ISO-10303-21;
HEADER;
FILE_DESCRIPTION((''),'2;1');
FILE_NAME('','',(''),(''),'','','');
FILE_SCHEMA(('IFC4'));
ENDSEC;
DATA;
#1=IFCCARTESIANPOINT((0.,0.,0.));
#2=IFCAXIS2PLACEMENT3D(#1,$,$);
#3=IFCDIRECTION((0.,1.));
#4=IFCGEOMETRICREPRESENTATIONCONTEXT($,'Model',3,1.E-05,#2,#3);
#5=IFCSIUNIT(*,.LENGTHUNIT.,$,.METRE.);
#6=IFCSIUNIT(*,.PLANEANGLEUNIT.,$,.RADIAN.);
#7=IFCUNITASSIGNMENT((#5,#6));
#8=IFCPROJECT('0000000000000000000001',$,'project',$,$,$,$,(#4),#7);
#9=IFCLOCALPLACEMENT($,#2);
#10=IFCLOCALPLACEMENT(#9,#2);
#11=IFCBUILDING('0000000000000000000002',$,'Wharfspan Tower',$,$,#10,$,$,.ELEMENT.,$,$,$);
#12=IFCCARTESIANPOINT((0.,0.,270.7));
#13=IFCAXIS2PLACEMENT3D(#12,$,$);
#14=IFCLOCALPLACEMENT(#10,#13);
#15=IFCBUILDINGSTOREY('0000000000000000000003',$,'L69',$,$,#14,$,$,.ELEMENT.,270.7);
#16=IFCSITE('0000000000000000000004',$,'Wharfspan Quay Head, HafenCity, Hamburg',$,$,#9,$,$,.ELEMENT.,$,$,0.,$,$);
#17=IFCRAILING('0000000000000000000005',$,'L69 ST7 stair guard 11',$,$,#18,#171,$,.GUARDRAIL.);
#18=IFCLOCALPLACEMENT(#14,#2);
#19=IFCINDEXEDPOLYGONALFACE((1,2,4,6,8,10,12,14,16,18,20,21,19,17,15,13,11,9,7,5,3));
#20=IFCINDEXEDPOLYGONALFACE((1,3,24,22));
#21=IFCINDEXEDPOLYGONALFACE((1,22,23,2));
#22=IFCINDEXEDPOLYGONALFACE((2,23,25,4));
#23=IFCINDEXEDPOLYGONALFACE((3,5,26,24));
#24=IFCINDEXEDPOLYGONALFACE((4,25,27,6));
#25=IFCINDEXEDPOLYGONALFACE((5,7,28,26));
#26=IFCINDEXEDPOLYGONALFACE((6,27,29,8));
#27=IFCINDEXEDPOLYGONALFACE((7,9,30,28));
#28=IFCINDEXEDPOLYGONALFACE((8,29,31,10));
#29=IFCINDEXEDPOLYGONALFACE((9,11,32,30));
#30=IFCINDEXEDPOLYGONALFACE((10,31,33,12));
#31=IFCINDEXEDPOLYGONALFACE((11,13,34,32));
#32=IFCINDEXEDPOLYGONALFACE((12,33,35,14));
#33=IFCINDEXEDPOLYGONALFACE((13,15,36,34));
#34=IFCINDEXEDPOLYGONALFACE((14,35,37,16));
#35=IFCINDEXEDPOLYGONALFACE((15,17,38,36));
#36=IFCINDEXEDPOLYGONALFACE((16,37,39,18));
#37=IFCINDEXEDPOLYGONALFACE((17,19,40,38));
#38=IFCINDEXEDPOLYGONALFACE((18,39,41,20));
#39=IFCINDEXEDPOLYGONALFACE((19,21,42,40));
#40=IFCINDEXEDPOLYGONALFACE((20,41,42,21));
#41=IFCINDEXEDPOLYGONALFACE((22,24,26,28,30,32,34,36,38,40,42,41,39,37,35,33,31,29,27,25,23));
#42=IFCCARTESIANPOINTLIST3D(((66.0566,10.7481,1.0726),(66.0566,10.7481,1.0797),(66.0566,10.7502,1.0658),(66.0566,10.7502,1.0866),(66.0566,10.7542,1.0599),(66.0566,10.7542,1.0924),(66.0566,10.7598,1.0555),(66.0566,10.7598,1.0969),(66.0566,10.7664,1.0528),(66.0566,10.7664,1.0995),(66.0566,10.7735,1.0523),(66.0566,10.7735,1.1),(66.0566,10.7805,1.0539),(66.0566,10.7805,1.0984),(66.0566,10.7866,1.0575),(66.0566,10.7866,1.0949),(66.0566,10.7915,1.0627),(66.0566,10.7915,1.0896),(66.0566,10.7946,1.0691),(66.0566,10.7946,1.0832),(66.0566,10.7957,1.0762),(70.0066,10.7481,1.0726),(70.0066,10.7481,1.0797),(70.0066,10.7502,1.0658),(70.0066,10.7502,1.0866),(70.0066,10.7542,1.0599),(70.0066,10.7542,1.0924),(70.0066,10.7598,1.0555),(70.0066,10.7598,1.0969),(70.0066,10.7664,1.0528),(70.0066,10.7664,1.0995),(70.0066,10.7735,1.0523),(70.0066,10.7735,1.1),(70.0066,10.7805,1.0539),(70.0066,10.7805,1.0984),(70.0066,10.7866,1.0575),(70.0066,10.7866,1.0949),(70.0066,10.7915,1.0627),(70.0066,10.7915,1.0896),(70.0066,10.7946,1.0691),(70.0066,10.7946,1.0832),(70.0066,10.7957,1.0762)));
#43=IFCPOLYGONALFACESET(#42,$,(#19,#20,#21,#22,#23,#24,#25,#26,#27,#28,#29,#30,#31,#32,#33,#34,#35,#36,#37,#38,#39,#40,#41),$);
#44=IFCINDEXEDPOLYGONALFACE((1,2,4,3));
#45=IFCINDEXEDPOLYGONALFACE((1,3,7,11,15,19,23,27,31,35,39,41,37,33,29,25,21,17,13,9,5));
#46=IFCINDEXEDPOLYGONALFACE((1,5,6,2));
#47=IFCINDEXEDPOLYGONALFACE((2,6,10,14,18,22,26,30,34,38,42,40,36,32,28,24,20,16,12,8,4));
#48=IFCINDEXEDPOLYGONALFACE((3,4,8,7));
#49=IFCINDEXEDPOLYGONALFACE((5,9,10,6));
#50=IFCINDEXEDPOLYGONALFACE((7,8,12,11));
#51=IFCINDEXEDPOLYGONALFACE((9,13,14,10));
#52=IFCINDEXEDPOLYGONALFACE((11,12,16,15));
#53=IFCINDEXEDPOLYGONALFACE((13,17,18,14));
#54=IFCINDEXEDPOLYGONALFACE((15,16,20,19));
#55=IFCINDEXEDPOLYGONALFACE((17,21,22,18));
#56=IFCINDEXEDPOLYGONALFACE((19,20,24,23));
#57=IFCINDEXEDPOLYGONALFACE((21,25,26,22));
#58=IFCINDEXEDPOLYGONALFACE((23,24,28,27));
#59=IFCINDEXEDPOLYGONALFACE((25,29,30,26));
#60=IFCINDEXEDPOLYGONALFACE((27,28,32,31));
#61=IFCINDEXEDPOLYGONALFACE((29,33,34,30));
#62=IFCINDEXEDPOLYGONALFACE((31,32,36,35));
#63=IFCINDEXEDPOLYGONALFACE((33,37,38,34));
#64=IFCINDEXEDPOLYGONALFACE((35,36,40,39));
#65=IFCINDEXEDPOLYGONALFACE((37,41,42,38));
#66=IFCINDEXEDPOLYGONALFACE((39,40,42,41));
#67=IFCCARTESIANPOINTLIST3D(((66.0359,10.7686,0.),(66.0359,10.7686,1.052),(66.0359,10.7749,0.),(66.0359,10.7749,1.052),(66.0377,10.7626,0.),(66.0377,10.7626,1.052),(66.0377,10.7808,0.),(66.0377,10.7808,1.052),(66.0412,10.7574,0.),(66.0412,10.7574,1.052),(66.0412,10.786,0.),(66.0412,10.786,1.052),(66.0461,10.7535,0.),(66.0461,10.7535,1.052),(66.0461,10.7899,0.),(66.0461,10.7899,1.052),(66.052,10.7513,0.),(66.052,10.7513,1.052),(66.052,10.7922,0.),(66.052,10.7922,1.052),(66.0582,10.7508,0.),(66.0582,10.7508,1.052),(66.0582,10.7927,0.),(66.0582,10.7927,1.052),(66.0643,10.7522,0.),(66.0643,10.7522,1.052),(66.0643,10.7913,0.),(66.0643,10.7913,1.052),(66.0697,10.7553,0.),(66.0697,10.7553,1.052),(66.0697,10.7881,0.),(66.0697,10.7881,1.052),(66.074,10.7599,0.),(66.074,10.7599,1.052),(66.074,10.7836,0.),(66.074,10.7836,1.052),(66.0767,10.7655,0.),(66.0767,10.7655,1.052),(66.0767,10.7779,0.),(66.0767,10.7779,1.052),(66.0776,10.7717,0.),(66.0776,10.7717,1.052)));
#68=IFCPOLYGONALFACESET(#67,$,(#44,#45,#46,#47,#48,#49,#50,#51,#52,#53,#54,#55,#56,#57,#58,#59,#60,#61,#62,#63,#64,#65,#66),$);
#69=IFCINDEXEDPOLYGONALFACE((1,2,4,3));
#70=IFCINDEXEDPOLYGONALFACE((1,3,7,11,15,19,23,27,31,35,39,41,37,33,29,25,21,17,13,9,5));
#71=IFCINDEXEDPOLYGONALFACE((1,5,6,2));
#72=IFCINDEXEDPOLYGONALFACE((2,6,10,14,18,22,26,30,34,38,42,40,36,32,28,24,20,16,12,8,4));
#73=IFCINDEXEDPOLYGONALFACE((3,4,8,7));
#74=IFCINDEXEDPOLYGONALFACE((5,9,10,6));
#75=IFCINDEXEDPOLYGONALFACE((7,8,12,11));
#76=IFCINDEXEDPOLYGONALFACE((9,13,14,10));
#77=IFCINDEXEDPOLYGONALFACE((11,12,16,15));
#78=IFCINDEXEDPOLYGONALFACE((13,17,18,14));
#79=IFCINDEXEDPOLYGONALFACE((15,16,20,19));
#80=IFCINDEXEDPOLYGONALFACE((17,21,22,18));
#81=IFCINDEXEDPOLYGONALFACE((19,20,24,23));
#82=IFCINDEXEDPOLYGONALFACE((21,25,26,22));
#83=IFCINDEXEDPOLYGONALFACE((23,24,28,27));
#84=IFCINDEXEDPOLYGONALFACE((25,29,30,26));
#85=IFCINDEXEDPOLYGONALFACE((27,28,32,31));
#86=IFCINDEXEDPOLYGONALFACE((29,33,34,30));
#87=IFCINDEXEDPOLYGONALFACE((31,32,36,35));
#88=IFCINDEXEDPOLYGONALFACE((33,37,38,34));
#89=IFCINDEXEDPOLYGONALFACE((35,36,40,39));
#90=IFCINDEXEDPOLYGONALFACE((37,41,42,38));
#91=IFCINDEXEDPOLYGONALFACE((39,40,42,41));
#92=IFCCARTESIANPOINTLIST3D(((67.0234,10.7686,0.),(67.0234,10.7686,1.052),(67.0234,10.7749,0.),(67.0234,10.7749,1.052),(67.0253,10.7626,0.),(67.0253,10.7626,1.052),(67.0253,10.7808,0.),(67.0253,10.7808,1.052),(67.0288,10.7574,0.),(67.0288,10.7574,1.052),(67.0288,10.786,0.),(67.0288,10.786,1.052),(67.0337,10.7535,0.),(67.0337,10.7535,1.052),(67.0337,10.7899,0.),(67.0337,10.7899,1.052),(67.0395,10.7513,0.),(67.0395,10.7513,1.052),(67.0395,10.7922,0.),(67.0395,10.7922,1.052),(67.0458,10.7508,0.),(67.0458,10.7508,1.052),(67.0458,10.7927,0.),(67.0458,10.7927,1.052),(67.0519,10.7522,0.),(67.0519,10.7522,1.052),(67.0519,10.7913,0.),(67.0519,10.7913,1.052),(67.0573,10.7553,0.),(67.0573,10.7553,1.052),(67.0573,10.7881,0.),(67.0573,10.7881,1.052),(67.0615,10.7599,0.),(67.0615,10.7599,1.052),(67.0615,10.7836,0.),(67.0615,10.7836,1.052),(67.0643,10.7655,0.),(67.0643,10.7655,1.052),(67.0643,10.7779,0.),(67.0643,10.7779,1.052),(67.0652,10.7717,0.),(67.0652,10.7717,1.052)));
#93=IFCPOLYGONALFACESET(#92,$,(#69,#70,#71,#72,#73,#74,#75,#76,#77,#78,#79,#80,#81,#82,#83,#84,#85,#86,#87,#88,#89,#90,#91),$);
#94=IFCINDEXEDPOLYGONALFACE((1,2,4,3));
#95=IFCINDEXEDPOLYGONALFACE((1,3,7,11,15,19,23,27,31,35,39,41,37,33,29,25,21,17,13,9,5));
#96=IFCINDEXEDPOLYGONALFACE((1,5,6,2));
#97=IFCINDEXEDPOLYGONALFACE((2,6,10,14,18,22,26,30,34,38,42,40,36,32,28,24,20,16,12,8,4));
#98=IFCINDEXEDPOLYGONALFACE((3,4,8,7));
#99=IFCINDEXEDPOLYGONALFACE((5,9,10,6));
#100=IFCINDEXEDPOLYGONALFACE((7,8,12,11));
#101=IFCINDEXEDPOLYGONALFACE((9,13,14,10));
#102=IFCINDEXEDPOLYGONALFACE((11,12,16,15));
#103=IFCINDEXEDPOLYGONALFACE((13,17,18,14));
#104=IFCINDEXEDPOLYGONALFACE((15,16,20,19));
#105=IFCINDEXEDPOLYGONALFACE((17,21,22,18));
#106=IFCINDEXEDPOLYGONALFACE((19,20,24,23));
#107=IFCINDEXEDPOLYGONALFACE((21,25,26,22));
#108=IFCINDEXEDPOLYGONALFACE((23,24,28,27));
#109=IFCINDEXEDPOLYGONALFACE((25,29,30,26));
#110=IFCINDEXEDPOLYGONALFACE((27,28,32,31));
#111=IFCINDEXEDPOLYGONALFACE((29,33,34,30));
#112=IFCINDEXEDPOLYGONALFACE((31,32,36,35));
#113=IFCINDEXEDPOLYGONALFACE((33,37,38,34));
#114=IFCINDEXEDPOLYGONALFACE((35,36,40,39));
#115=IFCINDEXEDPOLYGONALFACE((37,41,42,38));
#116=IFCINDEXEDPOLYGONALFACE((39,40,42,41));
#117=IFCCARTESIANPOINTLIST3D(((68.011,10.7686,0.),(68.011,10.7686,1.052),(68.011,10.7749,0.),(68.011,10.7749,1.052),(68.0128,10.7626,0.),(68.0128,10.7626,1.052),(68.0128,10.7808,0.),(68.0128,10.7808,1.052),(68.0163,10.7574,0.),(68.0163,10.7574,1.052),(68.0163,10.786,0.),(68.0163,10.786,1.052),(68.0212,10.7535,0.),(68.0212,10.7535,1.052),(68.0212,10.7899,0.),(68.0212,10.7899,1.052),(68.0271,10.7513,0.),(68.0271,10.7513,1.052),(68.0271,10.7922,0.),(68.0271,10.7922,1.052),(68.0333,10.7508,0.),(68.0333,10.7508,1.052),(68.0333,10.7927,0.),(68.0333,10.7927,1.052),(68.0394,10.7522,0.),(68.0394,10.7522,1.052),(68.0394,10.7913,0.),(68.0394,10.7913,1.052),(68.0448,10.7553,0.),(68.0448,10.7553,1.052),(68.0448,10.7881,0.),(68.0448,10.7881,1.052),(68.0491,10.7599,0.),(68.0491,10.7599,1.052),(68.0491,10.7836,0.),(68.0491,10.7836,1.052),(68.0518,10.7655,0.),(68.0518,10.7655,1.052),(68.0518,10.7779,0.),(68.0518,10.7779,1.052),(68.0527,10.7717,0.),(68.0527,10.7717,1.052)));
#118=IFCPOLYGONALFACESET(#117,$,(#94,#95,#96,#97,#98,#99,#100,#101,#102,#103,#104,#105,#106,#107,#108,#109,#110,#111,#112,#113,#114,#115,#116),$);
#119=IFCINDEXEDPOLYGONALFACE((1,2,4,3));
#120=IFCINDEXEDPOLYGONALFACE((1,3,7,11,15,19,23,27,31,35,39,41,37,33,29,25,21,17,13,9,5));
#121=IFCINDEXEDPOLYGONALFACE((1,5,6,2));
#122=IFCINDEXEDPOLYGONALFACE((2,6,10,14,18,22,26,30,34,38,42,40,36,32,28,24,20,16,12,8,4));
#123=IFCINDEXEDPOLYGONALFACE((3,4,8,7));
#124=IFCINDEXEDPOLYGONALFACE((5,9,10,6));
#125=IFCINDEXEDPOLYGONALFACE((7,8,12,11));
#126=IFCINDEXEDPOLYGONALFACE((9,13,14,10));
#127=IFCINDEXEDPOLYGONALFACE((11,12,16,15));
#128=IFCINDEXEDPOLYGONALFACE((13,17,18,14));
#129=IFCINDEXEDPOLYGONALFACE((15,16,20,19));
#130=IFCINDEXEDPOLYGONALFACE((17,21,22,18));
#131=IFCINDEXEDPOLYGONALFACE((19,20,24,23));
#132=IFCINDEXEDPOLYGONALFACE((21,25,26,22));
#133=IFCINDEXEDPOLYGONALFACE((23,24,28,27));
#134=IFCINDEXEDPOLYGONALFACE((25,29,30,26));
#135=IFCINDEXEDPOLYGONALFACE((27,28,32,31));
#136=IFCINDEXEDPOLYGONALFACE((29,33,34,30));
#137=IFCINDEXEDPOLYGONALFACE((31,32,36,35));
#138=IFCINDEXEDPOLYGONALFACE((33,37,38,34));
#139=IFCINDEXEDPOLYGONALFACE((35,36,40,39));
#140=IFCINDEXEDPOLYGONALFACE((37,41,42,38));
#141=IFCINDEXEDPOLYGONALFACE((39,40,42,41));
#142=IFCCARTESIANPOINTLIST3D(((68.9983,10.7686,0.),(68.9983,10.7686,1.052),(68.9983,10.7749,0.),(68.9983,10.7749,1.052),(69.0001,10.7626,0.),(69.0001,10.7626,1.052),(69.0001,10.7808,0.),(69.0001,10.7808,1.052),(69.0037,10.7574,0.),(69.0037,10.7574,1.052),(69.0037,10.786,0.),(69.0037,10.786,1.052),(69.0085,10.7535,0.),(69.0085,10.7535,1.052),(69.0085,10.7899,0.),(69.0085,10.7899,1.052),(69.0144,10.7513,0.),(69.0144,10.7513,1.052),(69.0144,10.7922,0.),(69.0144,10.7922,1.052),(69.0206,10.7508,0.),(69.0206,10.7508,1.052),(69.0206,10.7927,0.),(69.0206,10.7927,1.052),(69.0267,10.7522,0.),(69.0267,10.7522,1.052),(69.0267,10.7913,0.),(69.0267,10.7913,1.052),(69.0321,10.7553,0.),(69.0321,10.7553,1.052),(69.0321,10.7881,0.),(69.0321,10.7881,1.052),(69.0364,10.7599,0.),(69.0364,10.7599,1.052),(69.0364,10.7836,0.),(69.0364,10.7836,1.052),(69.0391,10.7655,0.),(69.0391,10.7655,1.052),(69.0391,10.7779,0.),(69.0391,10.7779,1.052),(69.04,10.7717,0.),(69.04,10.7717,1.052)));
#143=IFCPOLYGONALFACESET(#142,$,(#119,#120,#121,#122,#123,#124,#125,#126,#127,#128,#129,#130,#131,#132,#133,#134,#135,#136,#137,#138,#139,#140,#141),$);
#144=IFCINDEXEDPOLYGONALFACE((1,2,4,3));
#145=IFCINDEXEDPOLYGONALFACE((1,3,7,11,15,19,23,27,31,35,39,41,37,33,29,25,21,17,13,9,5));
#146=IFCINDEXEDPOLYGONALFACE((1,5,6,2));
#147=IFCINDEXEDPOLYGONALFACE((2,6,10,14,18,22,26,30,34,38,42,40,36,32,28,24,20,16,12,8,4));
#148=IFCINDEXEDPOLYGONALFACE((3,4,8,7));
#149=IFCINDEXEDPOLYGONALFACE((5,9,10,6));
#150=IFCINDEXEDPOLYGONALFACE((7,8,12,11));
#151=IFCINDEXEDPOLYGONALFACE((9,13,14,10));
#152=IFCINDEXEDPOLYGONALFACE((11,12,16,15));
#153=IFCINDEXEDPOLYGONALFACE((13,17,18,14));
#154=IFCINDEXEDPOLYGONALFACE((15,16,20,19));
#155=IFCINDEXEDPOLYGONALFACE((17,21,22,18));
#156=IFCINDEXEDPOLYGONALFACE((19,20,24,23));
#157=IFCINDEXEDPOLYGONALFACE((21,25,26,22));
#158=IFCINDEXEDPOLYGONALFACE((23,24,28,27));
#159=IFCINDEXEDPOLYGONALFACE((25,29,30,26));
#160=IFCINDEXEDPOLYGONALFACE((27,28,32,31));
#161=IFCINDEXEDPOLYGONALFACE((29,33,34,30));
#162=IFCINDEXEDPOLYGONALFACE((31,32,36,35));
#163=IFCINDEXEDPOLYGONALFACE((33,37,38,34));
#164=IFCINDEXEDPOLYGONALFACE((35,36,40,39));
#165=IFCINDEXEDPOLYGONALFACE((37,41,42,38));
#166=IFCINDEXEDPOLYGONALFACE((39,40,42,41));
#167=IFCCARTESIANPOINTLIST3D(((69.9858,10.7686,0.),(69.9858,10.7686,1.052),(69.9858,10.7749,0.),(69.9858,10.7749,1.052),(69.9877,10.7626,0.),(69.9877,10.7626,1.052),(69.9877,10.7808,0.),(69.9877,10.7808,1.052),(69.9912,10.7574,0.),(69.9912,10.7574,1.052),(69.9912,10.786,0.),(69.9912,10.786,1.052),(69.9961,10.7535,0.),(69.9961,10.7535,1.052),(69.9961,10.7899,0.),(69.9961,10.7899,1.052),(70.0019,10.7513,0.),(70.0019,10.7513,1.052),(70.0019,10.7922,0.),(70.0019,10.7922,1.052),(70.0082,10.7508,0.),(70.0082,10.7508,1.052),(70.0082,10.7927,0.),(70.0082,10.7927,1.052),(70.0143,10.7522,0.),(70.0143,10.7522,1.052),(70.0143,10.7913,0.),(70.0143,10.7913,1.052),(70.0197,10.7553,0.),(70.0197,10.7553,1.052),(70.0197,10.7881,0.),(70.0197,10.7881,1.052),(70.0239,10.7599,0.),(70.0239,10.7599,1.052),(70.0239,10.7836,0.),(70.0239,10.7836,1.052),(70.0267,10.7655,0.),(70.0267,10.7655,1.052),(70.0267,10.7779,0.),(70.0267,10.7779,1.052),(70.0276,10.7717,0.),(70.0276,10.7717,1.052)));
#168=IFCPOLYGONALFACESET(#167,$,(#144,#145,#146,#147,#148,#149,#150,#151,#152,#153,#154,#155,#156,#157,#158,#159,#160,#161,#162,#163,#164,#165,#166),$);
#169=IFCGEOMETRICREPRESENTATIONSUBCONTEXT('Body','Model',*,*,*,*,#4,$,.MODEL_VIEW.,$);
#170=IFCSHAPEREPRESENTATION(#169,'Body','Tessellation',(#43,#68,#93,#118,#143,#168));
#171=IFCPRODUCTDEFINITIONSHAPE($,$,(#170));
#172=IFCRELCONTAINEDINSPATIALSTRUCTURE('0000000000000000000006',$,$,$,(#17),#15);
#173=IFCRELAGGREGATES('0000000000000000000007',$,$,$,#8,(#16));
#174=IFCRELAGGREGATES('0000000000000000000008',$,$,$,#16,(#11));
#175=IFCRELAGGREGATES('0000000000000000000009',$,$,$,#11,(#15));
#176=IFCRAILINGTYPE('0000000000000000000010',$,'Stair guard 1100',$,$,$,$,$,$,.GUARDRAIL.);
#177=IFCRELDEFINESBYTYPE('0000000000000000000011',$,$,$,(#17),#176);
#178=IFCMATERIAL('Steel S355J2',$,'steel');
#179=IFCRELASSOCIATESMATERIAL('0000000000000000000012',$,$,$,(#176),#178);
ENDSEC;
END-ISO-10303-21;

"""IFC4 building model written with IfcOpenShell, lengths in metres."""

from ifc_helpers import new_model, si_unit, direction, frame, origin, origin_2d, place, context, subcontext, project, spatial, circle, extrude, material, type_object, element, save


model = new_model("IFC4")

# Units and contexts
model_context = context("Model", 3, precision=1e-05, world=origin(), true_north=direction((0.0, 1.0)))
body_context = subcontext(model_context, "Body", "Model", "MODEL_VIEW")
ifc_project = project(units=[si_unit("LENGTHUNIT", "METRE"), si_unit("PLANEANGLEUNIT", "RADIAN")], contexts=[model_context])

# Site, building, storey
site_placement = place(None, origin())
site = spatial("IfcSite", under=ifc_project, at=site_placement, Name="Wharfspan Quay Head, HafenCity, Hamburg", CompositionType="ELEMENT", RefElevation=0.0)
building_placement = place(site_placement, origin())
building = spatial("IfcBuilding", under=site, at=building_placement, Name="Wharfspan Tower", CompositionType="ELEMENT")
storey_placement = place(building_placement, frame((0.0, 0.0, 270.7)))
storey = spatial("IfcBuildingStorey", under=building, at=storey_placement, Name="L69", CompositionType="ELEMENT", Elevation=270.7)

# Shared definitions
ifc_material_1 = material(Name="Steel S355J2", Category="steel")

# Railing
railing_type_1 = type_object("IfcRailingType", Name="Stair guard 1100", PredefinedType="GUARDRAIL", material=ifc_material_1)
railing_1_placement = place(storey_placement, frame((66.0566, 10.7717, 0.0)))
element("IfcRailing", 1, at=railing_1_placement, inside=storey, type_object=railing_type_1, Name="L69 ST7 stair guard 11", PredefinedType="GUARDRAIL", context=body_context, shape_type="SweptSolid", body=[
    extrude(circle(Radius=0.0239, at=origin_2d()), frame((0.0, 0.0, 1.0762), z_axis=(1.0, 0.0, 0.0), x_axis=(0.0, 1.0, 0.0)), (0.0, 0.0, 1.0), 3.95),
    extrude(circle(Radius=0.021, at=origin_2d()), origin(), (0.0, 0.0, 1.0), 1.052),
    extrude(circle(Radius=0.021, at=origin_2d()), frame((0.9875, 0.0, 0.0)), (0.0, 0.0, 1.0), 1.052),
    extrude(circle(Radius=0.021, at=origin_2d()), frame((1.9751, 0.0, 0.0)), (0.0, 0.0, 1.0), 1.052),
    extrude(circle(Radius=0.021, at=origin_2d()), frame((2.9624, 0.0, 0.0)), (0.0, 0.0, 1.0), 1.052),
    extrude(circle(Radius=0.021, at=origin_2d()), frame((3.95, 0.0, 0.0)), (0.0, 0.0, 1.0), 1.052),
])

save(model, "model.ifc")
